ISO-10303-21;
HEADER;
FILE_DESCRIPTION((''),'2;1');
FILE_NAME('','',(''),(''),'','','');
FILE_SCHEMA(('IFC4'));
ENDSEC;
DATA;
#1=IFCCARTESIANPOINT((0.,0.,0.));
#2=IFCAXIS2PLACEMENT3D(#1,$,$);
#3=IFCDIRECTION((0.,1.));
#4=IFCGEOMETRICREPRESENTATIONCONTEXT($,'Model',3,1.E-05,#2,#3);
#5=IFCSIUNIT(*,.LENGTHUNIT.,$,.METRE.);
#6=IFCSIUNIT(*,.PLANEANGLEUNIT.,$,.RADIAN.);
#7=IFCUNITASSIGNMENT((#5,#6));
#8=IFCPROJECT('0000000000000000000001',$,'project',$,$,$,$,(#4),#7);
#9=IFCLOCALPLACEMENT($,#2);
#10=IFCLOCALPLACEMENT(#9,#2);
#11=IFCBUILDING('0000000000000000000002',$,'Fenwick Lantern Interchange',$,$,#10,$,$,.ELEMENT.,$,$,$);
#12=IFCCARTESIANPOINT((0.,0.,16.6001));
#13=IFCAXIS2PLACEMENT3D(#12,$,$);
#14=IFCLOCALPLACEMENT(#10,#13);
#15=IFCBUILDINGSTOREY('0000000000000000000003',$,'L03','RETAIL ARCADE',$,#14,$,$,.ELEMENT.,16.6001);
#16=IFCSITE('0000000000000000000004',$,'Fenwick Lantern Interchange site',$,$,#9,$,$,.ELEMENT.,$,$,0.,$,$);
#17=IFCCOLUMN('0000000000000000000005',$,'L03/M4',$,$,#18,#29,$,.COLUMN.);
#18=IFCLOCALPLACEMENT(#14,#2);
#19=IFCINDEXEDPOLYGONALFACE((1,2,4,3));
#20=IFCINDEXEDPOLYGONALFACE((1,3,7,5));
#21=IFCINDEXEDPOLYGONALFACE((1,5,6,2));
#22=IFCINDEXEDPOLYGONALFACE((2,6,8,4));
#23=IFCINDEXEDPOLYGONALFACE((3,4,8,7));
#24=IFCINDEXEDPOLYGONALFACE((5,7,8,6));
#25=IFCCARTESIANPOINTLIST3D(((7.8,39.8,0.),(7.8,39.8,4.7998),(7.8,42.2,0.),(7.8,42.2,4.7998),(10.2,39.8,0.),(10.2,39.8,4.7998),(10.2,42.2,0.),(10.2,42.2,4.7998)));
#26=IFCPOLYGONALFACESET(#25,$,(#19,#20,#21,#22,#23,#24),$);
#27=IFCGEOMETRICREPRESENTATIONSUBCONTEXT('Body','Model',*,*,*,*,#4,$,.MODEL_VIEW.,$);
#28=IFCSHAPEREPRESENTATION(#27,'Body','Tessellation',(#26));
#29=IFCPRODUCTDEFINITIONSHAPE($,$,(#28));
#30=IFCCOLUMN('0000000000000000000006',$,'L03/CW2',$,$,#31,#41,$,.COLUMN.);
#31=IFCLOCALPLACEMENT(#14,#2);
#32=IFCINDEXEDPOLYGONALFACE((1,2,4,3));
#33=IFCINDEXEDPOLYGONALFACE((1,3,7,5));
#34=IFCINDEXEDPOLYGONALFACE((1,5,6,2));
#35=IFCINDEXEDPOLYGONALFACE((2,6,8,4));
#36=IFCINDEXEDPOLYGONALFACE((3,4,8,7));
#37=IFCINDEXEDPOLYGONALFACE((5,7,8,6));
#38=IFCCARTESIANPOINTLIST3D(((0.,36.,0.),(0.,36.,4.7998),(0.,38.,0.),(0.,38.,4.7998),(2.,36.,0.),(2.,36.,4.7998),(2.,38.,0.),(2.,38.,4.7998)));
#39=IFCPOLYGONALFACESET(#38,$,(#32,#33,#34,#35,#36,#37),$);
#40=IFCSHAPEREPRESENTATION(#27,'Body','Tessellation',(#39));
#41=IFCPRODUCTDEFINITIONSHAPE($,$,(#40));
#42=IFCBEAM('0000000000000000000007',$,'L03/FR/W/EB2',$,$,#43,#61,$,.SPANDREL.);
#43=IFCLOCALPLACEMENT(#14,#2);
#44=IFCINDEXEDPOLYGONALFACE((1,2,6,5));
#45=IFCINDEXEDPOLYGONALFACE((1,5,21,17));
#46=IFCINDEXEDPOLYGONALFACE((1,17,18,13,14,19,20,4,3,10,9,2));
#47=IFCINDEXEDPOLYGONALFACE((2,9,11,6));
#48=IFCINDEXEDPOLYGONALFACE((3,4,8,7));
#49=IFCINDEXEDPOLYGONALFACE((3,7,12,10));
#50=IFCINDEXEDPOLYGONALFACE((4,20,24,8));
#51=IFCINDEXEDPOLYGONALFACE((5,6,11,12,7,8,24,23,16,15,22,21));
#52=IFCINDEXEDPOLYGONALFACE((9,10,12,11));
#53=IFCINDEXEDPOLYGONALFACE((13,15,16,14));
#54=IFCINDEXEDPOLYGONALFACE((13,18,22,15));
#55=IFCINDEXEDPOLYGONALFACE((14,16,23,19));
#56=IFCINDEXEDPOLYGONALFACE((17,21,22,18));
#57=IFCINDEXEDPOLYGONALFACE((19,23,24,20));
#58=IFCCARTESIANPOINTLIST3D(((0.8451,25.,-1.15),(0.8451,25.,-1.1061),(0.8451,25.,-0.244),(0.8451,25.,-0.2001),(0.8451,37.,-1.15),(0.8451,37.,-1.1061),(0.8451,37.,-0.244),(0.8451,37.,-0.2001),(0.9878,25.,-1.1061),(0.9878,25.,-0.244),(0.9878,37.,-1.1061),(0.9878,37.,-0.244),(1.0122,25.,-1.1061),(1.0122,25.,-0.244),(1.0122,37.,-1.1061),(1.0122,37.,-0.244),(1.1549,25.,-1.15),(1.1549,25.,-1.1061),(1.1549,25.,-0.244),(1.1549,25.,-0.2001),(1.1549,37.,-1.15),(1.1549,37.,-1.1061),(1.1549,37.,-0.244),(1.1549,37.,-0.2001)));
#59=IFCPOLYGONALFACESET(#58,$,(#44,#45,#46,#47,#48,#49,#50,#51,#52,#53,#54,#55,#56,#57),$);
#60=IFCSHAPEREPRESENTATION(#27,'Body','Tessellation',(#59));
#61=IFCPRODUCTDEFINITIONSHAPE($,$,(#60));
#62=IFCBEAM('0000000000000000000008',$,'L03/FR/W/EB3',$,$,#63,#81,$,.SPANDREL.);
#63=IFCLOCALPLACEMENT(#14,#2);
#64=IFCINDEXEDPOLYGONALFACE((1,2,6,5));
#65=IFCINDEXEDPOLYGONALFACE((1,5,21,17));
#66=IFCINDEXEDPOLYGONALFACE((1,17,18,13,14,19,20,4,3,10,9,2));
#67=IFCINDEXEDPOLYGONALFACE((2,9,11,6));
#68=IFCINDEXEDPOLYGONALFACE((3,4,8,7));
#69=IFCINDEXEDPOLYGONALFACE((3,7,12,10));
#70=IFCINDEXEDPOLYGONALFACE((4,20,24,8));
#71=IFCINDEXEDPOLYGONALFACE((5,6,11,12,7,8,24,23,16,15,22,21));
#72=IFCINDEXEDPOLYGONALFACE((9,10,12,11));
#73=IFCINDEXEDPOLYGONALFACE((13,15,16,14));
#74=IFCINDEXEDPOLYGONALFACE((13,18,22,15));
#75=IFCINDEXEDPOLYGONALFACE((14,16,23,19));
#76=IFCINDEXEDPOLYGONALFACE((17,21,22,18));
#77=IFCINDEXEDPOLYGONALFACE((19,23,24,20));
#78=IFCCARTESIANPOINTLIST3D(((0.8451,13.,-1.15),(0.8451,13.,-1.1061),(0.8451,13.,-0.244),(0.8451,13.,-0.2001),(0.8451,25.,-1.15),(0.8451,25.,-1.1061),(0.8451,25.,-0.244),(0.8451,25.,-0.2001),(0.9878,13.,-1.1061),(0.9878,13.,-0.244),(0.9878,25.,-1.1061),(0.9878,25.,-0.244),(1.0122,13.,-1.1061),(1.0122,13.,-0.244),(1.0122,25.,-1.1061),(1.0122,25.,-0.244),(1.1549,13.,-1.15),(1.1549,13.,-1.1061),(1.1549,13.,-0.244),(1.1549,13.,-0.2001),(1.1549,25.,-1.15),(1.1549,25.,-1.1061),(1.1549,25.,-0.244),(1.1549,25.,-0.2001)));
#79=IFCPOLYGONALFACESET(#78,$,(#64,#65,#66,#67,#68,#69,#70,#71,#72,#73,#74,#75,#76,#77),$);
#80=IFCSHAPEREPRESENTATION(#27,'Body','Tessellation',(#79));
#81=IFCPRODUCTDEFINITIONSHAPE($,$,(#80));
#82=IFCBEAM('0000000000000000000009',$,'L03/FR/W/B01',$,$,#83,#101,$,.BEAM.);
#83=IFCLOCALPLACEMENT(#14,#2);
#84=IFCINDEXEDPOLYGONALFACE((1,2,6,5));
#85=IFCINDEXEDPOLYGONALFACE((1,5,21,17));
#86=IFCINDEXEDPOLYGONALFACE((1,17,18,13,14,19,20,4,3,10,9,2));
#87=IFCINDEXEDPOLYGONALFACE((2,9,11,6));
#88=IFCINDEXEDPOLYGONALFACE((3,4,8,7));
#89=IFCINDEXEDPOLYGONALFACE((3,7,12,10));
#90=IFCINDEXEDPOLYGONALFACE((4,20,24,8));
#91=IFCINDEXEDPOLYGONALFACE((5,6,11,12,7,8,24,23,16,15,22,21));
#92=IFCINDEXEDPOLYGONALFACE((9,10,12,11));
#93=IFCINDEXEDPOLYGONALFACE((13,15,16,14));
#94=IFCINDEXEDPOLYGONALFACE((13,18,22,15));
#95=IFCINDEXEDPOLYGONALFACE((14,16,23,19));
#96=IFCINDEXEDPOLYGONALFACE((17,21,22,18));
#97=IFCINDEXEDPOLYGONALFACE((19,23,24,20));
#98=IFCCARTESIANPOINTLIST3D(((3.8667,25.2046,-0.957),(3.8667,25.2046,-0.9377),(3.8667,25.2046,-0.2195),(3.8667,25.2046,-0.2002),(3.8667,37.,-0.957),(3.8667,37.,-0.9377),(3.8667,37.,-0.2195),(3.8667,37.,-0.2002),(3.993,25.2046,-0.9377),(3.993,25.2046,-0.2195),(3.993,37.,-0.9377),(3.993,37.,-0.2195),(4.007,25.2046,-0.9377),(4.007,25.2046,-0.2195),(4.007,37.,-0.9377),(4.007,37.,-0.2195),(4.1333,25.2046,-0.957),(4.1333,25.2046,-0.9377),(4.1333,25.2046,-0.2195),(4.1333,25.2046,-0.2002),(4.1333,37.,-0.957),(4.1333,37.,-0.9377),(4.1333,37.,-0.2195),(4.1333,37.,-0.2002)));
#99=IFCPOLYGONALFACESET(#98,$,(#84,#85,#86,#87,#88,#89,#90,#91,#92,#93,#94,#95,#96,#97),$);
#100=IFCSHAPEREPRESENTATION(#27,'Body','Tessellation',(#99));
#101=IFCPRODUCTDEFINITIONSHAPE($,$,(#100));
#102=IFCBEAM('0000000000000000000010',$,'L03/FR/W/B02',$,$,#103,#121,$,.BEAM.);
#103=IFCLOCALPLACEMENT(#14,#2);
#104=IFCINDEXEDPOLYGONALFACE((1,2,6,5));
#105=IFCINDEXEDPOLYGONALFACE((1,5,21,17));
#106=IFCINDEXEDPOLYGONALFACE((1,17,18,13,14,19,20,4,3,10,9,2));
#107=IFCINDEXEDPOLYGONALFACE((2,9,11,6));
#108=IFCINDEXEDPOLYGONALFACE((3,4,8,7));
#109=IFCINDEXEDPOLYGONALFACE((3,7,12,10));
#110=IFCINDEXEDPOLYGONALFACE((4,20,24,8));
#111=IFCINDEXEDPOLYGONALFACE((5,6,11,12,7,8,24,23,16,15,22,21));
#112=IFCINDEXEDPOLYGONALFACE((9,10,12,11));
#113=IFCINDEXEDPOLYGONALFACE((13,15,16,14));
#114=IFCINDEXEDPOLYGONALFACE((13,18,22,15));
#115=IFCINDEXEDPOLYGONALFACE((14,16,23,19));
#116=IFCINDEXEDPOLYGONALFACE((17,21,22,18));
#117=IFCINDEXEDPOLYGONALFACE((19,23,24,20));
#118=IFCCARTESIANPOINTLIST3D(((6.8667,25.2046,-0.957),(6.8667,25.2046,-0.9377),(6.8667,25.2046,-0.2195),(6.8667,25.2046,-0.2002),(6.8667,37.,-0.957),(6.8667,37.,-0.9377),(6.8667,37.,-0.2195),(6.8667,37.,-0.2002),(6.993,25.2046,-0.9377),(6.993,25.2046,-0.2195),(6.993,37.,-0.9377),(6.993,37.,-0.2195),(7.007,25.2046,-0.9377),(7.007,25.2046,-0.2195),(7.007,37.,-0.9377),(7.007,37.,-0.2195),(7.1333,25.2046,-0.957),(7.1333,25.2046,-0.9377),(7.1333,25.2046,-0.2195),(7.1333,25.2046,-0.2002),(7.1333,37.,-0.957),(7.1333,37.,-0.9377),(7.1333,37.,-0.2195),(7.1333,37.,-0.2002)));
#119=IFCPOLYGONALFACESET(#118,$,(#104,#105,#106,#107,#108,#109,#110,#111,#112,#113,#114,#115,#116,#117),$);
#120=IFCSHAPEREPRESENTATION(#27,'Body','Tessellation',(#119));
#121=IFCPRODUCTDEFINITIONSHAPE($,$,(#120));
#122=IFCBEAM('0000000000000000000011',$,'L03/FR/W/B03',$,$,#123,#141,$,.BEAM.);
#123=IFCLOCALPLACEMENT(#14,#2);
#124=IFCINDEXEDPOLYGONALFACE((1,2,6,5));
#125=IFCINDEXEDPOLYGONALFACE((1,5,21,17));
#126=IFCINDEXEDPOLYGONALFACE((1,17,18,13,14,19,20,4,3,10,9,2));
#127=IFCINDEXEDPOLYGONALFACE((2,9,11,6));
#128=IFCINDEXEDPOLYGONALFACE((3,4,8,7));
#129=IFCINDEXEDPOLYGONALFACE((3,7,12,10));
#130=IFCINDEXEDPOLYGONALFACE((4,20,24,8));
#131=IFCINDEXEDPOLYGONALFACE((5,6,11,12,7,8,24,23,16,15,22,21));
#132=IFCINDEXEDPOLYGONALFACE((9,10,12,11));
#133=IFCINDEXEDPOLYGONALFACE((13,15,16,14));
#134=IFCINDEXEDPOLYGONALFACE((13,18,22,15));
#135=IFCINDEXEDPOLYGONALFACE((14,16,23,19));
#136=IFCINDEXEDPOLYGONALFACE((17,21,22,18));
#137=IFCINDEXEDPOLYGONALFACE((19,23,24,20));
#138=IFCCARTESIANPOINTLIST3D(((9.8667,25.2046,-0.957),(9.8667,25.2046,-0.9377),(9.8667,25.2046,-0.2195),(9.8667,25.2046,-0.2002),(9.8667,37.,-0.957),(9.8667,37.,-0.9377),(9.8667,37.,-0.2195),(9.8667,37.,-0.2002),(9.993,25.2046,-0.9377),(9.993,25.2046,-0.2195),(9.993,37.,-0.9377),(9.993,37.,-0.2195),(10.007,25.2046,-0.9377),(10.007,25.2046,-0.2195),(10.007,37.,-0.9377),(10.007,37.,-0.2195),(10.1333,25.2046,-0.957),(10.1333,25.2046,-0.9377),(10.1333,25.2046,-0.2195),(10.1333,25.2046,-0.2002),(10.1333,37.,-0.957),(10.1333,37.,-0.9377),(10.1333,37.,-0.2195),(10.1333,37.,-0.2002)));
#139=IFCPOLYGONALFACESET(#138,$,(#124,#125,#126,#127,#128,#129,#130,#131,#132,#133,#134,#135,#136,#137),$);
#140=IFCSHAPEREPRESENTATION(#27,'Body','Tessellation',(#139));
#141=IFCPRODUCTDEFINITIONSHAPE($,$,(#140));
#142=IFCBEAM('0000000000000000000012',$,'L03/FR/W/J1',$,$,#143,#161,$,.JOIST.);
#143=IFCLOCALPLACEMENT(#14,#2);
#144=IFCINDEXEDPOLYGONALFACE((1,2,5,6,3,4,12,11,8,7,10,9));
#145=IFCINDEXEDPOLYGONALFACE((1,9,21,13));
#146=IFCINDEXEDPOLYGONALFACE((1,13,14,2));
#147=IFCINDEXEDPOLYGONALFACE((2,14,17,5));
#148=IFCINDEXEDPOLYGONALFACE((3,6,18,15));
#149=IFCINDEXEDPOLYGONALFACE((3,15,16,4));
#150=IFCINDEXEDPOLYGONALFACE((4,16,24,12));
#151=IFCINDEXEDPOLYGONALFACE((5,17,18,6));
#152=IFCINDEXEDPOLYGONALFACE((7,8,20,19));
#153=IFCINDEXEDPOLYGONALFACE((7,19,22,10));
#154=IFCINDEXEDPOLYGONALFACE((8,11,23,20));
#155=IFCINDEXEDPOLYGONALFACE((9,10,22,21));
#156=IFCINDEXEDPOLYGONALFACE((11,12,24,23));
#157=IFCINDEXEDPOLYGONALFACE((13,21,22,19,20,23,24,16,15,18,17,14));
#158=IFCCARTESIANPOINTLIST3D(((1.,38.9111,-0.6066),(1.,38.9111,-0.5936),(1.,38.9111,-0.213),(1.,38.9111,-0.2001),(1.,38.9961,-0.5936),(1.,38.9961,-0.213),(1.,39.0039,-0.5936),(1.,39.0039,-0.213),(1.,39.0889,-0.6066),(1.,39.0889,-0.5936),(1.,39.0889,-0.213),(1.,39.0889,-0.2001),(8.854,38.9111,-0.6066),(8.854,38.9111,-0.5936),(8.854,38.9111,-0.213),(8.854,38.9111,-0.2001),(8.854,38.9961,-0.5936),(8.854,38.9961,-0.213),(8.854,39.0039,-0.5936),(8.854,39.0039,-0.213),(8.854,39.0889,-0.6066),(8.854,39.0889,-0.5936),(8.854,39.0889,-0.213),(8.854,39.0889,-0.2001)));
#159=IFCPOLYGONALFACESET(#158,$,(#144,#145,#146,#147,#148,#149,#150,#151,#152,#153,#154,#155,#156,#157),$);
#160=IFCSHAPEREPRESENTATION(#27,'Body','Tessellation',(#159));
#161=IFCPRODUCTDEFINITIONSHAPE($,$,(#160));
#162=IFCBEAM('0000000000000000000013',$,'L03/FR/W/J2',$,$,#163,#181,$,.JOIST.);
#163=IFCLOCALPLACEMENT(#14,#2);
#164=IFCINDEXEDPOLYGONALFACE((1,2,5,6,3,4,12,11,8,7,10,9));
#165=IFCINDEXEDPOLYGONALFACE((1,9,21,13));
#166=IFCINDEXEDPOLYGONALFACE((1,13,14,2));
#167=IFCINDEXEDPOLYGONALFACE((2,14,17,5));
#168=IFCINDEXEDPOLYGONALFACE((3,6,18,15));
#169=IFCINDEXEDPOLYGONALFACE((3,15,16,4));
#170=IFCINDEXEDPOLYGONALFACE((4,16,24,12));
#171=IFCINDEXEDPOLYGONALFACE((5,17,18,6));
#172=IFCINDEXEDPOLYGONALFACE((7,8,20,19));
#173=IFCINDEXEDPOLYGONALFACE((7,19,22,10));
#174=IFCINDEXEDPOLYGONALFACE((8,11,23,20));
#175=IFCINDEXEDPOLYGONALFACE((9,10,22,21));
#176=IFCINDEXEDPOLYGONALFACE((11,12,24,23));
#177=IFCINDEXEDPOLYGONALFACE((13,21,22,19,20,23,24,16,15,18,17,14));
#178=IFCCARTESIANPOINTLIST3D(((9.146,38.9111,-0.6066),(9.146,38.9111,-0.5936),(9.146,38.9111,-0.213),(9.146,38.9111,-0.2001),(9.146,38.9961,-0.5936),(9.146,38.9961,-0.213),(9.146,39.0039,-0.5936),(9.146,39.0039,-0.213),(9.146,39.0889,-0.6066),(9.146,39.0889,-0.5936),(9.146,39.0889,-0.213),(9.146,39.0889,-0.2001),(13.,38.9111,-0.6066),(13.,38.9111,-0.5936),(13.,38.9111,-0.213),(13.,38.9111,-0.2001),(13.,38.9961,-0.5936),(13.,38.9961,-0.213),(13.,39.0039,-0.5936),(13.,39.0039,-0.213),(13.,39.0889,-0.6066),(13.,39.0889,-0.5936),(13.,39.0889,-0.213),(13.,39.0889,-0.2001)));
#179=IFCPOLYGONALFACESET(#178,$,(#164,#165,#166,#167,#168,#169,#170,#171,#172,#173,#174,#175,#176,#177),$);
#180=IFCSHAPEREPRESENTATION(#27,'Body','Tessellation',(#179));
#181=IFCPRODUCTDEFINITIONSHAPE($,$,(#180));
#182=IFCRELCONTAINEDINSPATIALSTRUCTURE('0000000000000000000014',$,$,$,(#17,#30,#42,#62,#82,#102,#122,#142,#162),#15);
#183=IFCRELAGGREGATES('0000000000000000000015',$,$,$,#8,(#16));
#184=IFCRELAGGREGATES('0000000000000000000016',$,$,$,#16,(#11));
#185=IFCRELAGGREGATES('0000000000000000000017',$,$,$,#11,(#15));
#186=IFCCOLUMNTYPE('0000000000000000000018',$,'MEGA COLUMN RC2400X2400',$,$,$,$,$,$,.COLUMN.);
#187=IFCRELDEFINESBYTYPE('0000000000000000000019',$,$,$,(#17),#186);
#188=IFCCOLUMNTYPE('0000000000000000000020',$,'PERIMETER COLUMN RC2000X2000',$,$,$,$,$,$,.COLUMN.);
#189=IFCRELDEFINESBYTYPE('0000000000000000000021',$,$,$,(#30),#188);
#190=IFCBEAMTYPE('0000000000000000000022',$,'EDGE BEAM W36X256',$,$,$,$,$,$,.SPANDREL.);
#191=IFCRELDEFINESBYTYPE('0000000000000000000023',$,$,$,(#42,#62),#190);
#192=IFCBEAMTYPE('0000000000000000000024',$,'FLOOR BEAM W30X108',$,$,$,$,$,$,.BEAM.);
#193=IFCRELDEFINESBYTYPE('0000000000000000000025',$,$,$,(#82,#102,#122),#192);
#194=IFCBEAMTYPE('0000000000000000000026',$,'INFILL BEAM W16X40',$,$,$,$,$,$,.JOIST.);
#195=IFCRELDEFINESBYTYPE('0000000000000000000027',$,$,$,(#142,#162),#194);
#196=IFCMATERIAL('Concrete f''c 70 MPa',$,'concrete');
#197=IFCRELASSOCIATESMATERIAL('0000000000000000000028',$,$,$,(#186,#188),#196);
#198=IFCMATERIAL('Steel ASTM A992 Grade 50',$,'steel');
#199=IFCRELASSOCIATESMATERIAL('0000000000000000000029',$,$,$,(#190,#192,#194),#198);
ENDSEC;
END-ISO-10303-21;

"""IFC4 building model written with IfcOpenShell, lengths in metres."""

from ifc_helpers import new_model, si_unit, direction, frame, origin, origin_2d, place, context, subcontext, project, spatial, rectangle, i_section, extrude, material, material_profile, profile_set, type_object, element, save


model = new_model("IFC4")

# Units and contexts
model_context = context("Model", 3, precision=1e-05, world=origin(), true_north=direction((0.0, 1.0)))
body_context = subcontext(model_context, "Body", "Model", "MODEL_VIEW")
ifc_project = project(units=[si_unit("LENGTHUNIT", "METRE"), si_unit("PLANEANGLEUNIT", "RADIAN")], contexts=[model_context])

# Site, building, storey
site_placement = place(None, origin())
site = spatial("IfcSite", under=ifc_project, at=site_placement, Name="Fenwick Lantern Interchange site", CompositionType="ELEMENT", RefElevation=0.0)
building_placement = place(site_placement, origin())
building = spatial("IfcBuilding", under=site, at=building_placement, Name="Fenwick Lantern Interchange", CompositionType="ELEMENT")
storey_placement = place(building_placement, frame((0.0, 0.0, 16.6001)))
storey = spatial("IfcBuildingStorey", under=building, at=storey_placement, Name="L03", Description="RETAIL ARCADE", CompositionType="ELEMENT", Elevation=16.6001)

# Columns
ifc_material_1 = material(Name="Concrete f'c 70 MPa", Category="concrete")
ifc_material_profile_1 = material_profile(ifc_material_1, rectangle(XDim=2.3999, YDim=2.3999, at=origin_2d()), Name="RC2400X2400")
ifc_profile_set_1 = profile_set([ifc_material_profile_1], Name="Concrete f'c 70 MPa")
column_type_1 = type_object("IfcColumnType", Name="MEGA COLUMN RC2400X2400", PredefinedType="COLUMN", material=ifc_profile_set_1)
column_1_placement = place(storey_placement, frame((9.0, 41.0, 0.0), z_axis=(0.0, 0.0, 1.0), x_axis=(1.0, 0.0, 0.0)))
element("IfcColumn", 1, at=column_1_placement, inside=storey, type_object=column_type_1, Name="L03/M4", PredefinedType="COLUMN", context=body_context, shape_type="SweptSolid", body=[
    extrude(rectangle(XDim=2.3999, YDim=2.3999, at=origin_2d()), origin(), (0.0, 0.0, 1.0), 4.7998),
])
ifc_material_profile_2 = material_profile(ifc_material_1, rectangle(XDim=2.0, YDim=2.0, at=origin_2d()), Name="RC2000X2000")
ifc_profile_set_2 = profile_set([ifc_material_profile_2], Name="Concrete f'c 70 MPa")
column_type_2 = type_object("IfcColumnType", Name="PERIMETER COLUMN RC2000X2000", PredefinedType="COLUMN", material=ifc_profile_set_2)
column_2_placement = place(storey_placement, frame((1.0, 37.0, 0.0), z_axis=(0.0, 0.0, 1.0), x_axis=(1.0, 0.0, 0.0)))
element("IfcColumn", 2, at=column_2_placement, inside=storey, type_object=column_type_2, Name="L03/CW2", PredefinedType="COLUMN", context=body_context, shape_type="SweptSolid", body=[
    extrude(rectangle(XDim=2.0, YDim=2.0, at=origin_2d()), origin(), (0.0, 0.0, 1.0), 4.7998),
])

# Beams
ifc_material_2 = material(Name="Steel ASTM A992 Grade 50", Category="steel")
ifc_material_profile_3 = material_profile(ifc_material_2, i_section(OverallWidth=0.3098, OverallDepth=0.95, WebThickness=0.0244, FlangeThickness=0.0439, at=origin_2d()), Name="W36X256")
ifc_profile_set_3 = profile_set([ifc_material_profile_3], Name="Steel ASTM A992 Grade 50")
beam_type_1 = type_object("IfcBeamType", Name="EDGE BEAM W36X256", PredefinedType="SPANDREL", material=ifc_profile_set_3)
for number, where, z_axis, x_axis, name in (
    (3, (1.0, 37.0, -0.675), (0.0, -1.0, 0.0), (1.0, 0.0, 0.0), "L03/FR/W/EB2"),
    (4, (1.0, 25.0, -0.675), (0.0, -1.0, 0.0), (1.0, 0.0, 0.0), "L03/FR/W/EB3"),
):
    element("IfcBeam", number, at=place(storey_placement, frame(where, z_axis=z_axis, x_axis=x_axis)), inside=storey, type_object=beam_type_1, Name=name, PredefinedType="SPANDREL", context=body_context, shape_type="SweptSolid", body=[
        extrude(i_section(OverallWidth=0.3098, OverallDepth=0.95, WebThickness=0.0244, FlangeThickness=0.0439, at=origin_2d()), origin(), (0.0, 0.0, 1.0), 12.0),
    ])
ifc_material_profile_4 = material_profile(ifc_material_2, i_section(OverallWidth=0.2666, OverallDepth=0.7568, WebThickness=0.0139, FlangeThickness=0.0193, at=origin_2d()), Name="W30X108")
ifc_profile_set_4 = profile_set([ifc_material_profile_4], Name="Steel ASTM A992 Grade 50")
beam_type_2 = type_object("IfcBeamType", Name="FLOOR BEAM W30X108", PredefinedType="BEAM", material=ifc_profile_set_4)
for number, where, z_axis, x_axis, name in (
    (5, (4.0, 37.0, -0.5786), (0.0, -1.0, 0.0), (1.0, 0.0, 0.0), "L03/FR/W/B01"),
    (6, (7.0, 37.0, -0.5786), (0.0, -1.0, 0.0), (1.0, 0.0, 0.0), "L03/FR/W/B02"),
    (7, (10.0, 37.0, -0.5786), (0.0, -1.0, 0.0), (1.0, 0.0, 0.0), "L03/FR/W/B03"),
):
    element("IfcBeam", number, at=place(storey_placement, frame(where, z_axis=z_axis, x_axis=x_axis)), inside=storey, type_object=beam_type_2, Name=name, PredefinedType="BEAM", context=body_context, shape_type="SweptSolid", body=[
        extrude(i_section(OverallWidth=0.2666, OverallDepth=0.7568, WebThickness=0.0139, FlangeThickness=0.0193, at=origin_2d()), origin(), (0.0, 0.0, 1.0), 11.7954),
    ])
ifc_material_profile_5 = material_profile(ifc_material_2, i_section(OverallWidth=0.1777, OverallDepth=0.4065, WebThickness=0.0078, FlangeThickness=0.0129, at=origin_2d()), Name="W16X40")
ifc_profile_set_5 = profile_set([ifc_material_profile_5], Name="Steel ASTM A992 Grade 50")
beam_type_3 = type_object("IfcBeamType", Name="INFILL BEAM W16X40", PredefinedType="JOIST", material=ifc_profile_set_5)
beam_1_placement = place(storey_placement, frame((1.0, 39.0, -0.4033), z_axis=(1.0, 0.0, 0.0), x_axis=(0.0, 1.0, 0.0)))
element("IfcBeam", 8, at=beam_1_placement, inside=storey, type_object=beam_type_3, Name="L03/FR/W/J1", PredefinedType="JOIST", context=body_context, shape_type="SweptSolid", body=[
    extrude(i_section(OverallWidth=0.1777, OverallDepth=0.4065, WebThickness=0.0078, FlangeThickness=0.0129, at=origin_2d()), origin(), (0.0, 0.0, 1.0), 7.854),
])
beam_2_placement = place(storey_placement, frame((9.146, 39.0, -0.4033), z_axis=(1.0, 0.0, 0.0), x_axis=(0.0, 1.0, 0.0)))
element("IfcBeam", 9, at=beam_2_placement, inside=storey, type_object=beam_type_3, Name="L03/FR/W/J2", PredefinedType="JOIST", context=body_context, shape_type="SweptSolid", body=[
    extrude(i_section(OverallWidth=0.1777, OverallDepth=0.4065, WebThickness=0.0078, FlangeThickness=0.0129, at=origin_2d()), origin(), (0.0, 0.0, 1.0), 3.854),
])

save(model, "model.ifc")
